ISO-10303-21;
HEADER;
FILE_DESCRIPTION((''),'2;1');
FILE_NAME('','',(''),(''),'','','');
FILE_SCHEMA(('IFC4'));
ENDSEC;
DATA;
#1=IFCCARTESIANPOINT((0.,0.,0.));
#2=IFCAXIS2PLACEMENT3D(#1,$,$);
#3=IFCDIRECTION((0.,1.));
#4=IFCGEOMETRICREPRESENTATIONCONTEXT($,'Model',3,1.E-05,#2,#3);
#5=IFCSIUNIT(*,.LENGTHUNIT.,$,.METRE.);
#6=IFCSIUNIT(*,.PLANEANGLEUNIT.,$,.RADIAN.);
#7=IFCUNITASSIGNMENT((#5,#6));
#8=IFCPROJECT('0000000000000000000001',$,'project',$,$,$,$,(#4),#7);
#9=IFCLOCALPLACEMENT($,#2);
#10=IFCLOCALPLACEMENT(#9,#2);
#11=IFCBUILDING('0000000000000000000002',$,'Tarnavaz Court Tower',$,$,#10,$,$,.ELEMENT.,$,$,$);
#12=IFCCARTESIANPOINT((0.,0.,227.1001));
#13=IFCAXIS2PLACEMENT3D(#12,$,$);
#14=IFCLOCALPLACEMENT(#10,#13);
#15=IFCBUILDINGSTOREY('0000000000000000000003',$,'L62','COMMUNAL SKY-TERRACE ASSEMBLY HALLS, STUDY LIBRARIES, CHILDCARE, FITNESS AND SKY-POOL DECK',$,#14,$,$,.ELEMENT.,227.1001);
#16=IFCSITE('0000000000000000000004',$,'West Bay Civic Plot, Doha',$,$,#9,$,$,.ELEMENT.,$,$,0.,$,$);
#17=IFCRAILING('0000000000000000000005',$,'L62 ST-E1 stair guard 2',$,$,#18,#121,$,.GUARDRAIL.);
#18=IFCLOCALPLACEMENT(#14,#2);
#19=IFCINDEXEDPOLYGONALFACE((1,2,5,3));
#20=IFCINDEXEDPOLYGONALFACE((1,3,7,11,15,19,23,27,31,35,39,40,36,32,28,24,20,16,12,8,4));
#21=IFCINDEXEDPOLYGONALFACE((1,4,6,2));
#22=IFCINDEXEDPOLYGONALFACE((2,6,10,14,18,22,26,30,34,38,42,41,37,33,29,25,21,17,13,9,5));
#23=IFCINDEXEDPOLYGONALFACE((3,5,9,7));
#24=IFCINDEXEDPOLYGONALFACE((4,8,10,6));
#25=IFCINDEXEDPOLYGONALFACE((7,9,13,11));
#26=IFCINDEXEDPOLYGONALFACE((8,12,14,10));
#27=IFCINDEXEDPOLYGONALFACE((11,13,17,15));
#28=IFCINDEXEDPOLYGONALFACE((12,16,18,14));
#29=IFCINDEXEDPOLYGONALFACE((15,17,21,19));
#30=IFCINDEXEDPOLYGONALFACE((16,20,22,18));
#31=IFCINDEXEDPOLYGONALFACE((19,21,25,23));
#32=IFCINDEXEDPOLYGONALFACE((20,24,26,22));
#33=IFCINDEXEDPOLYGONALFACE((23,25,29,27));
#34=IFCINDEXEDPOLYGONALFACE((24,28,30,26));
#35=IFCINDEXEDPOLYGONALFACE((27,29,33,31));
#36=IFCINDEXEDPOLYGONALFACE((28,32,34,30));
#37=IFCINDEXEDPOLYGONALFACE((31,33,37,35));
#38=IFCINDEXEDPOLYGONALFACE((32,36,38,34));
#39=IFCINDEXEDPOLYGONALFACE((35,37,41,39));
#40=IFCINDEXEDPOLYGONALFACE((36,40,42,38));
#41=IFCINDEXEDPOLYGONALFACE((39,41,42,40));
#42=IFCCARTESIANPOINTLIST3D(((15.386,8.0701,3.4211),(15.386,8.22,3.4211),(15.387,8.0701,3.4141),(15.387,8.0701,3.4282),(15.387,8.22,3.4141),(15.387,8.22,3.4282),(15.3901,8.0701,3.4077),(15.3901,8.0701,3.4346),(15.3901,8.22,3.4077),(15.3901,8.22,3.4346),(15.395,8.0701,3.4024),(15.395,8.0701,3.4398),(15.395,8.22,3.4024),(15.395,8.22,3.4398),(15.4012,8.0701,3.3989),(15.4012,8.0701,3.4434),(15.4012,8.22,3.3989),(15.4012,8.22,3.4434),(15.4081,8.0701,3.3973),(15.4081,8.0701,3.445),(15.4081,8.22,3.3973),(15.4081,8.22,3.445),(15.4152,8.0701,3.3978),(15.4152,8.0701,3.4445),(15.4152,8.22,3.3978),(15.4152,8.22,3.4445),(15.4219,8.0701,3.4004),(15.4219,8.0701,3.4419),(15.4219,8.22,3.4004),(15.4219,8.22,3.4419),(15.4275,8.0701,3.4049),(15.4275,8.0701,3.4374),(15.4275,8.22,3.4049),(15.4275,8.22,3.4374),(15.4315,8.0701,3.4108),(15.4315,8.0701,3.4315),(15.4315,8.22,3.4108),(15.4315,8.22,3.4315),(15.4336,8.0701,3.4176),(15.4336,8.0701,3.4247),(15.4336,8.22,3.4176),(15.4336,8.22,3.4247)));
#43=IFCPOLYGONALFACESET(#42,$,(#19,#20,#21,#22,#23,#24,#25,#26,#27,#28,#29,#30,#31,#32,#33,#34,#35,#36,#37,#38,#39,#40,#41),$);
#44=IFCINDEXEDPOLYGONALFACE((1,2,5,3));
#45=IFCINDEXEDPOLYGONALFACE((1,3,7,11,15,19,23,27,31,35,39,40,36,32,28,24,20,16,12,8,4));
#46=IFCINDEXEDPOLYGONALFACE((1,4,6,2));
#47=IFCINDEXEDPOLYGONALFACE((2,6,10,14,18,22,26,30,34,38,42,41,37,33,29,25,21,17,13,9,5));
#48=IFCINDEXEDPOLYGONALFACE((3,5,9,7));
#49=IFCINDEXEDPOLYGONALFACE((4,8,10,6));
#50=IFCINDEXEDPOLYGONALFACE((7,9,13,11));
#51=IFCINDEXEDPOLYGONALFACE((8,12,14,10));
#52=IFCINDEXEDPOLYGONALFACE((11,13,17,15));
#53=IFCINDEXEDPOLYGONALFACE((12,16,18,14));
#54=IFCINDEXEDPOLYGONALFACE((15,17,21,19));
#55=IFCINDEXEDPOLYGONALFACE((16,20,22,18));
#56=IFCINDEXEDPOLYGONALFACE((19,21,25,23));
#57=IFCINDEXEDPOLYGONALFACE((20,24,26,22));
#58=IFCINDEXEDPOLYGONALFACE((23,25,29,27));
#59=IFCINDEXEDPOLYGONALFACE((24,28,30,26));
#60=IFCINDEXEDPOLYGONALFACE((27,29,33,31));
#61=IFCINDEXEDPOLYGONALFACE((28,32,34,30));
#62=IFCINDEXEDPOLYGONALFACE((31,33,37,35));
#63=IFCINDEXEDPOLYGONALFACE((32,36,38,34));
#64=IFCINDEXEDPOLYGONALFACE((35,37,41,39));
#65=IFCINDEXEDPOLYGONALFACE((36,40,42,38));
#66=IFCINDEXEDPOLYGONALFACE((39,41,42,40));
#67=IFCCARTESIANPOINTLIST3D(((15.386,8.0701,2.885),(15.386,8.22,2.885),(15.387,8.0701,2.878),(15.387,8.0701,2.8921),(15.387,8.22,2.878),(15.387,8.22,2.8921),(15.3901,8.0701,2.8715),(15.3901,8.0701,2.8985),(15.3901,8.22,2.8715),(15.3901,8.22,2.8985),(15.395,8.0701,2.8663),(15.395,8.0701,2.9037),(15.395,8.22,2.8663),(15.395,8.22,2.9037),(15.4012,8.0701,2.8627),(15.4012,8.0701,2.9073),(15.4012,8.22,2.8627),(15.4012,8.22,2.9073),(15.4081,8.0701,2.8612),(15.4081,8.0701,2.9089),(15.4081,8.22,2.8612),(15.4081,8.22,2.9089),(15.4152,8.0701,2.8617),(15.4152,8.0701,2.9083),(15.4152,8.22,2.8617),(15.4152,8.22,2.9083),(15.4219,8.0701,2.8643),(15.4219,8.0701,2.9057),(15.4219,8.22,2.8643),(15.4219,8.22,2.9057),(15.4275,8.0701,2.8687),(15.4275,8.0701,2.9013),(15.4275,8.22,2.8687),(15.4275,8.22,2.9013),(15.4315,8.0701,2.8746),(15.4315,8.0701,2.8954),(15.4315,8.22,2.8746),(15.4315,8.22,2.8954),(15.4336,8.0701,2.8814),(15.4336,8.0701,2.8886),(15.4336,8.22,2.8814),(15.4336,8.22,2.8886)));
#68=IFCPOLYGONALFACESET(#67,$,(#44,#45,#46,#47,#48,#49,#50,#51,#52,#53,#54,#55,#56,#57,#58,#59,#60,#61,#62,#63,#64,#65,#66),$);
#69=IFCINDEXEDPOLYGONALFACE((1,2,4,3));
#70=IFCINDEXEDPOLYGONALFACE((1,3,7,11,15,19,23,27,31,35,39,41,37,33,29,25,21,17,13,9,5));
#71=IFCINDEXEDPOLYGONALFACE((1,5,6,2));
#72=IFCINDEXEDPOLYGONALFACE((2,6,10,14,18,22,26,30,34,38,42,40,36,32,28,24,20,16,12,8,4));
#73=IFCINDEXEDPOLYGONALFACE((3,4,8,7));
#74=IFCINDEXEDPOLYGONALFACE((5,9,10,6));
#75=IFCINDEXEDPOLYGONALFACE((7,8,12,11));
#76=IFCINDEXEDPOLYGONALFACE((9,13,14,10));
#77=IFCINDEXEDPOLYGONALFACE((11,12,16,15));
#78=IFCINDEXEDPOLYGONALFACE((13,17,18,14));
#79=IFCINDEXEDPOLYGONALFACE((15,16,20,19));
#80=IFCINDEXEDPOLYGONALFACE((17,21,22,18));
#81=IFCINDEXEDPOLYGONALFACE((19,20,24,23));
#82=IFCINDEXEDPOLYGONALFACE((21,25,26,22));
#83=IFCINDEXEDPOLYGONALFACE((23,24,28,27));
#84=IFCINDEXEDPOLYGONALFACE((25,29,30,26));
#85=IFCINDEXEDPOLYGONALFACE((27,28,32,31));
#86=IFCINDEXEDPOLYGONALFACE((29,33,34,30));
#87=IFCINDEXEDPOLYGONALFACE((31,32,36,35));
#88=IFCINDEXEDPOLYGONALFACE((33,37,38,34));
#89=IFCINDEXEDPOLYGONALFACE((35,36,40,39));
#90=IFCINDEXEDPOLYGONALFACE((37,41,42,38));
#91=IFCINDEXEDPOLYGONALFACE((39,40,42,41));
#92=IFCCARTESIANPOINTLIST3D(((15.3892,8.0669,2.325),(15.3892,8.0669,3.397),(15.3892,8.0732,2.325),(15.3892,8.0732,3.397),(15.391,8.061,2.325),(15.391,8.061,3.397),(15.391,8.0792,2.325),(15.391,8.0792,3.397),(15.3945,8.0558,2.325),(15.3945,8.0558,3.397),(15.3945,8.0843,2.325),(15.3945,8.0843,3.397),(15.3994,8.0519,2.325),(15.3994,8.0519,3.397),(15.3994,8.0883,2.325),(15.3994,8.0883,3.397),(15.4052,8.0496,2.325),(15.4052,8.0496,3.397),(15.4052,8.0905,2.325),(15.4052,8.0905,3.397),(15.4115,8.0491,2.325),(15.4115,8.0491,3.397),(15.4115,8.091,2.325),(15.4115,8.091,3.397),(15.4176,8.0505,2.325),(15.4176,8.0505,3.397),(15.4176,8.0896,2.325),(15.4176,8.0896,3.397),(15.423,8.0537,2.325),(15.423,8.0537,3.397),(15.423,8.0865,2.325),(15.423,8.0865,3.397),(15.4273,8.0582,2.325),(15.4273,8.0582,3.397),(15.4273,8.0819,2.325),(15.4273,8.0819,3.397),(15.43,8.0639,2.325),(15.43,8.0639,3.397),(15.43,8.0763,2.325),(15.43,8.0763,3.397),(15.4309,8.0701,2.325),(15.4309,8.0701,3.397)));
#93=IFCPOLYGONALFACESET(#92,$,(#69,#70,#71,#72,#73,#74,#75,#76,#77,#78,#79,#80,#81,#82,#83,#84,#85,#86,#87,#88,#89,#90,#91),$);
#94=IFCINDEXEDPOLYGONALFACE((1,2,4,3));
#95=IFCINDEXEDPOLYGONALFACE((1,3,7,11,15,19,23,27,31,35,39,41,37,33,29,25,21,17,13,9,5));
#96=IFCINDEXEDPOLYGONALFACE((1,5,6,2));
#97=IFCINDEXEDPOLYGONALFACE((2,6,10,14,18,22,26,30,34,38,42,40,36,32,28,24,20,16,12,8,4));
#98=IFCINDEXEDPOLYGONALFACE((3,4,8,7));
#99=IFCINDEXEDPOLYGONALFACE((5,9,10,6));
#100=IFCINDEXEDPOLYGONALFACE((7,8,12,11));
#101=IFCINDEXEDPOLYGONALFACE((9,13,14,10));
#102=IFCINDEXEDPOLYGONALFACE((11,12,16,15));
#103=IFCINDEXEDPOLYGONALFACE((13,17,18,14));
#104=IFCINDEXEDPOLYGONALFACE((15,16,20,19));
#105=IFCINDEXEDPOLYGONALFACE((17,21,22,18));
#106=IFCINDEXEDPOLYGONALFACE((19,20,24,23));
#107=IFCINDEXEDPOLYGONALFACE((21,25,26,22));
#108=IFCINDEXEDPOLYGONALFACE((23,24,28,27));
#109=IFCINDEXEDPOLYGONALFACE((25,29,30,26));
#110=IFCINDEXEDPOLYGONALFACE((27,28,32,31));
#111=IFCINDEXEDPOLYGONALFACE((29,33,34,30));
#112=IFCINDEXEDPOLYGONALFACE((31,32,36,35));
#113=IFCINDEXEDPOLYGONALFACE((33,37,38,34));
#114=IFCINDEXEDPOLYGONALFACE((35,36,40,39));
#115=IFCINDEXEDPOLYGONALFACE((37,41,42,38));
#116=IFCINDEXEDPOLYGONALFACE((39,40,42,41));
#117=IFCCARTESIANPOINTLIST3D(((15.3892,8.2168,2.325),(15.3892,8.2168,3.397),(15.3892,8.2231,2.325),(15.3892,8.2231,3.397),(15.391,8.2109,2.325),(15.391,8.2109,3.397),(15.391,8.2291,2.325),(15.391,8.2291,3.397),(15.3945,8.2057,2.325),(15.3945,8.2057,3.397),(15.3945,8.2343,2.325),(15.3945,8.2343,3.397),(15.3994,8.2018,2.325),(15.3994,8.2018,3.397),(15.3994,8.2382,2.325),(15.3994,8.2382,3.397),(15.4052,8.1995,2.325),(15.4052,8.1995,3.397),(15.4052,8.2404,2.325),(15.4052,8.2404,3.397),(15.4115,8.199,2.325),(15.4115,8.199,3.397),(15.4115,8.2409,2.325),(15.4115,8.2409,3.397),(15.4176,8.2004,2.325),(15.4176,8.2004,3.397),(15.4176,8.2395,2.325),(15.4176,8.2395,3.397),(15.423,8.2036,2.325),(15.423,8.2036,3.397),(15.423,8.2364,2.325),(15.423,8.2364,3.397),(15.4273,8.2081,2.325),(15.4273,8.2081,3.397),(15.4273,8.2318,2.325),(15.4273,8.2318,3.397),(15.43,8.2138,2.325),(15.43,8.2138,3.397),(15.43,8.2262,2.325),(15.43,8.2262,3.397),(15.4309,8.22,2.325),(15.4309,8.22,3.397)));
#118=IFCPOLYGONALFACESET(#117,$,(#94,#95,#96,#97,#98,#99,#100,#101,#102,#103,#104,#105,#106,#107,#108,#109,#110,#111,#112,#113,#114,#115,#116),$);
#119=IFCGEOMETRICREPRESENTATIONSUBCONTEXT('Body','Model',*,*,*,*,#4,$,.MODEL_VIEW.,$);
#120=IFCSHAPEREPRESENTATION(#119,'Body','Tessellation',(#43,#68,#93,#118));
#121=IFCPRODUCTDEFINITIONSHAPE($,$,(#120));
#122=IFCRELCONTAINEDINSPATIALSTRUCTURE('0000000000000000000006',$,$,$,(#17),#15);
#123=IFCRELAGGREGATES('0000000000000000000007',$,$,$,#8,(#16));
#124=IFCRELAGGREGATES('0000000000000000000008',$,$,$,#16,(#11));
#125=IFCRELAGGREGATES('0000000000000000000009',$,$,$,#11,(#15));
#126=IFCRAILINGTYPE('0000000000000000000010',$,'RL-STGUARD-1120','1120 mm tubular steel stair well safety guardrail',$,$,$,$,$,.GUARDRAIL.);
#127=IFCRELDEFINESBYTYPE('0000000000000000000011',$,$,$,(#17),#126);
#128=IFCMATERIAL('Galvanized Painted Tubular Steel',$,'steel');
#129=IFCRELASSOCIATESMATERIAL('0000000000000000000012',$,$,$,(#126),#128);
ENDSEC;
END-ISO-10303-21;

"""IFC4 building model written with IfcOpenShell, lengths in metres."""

from ifc_helpers import new_model, si_unit, direction, frame, origin, origin_2d, place, context, subcontext, project, spatial, circle, extrude, material, type_object, element, save


model = new_model("IFC4")

# Units and contexts
model_context = context("Model", 3, precision=1e-05, world=origin(), true_north=direction((0.0, 1.0)))
body_context = subcontext(model_context, "Body", "Model", "MODEL_VIEW")
ifc_project = project(units=[si_unit("LENGTHUNIT", "METRE"), si_unit("PLANEANGLEUNIT", "RADIAN")], contexts=[model_context])

# Site, building, storey
site_placement = place(None, origin())
site = spatial("IfcSite", under=ifc_project, at=site_placement, Name="West Bay Civic Plot, Doha", CompositionType="ELEMENT", RefElevation=0.0)
building_placement = place(site_placement, origin())
building = spatial("IfcBuilding", under=site, at=building_placement, Name="Tarnavaz Court Tower", CompositionType="ELEMENT")
storey_placement = place(building_placement, frame((0.0, 0.0, 227.1001)))
storey = spatial("IfcBuildingStorey", under=building, at=storey_placement, Name="L62", Description="COMMUNAL SKY-TERRACE ASSEMBLY HALLS, STUDY LIBRARIES, CHILDCARE, FITNESS AND SKY-POOL DECK", CompositionType="ELEMENT", Elevation=227.1001)

# Railing
ifc_material_1 = material(Name="Galvanized Painted Tubular Steel", Category="steel")
railing_type_1 = type_object("IfcRailingType", Name="RL-STGUARD-1120", Description="1120 mm tubular steel stair well safety guardrail", PredefinedType="GUARDRAIL", material=ifc_material_1)
railing_1_placement = place(storey_placement, frame((15.4099, 8.0701, 2.325)))
element("IfcRailing", 1, at=railing_1_placement, inside=storey, type_object=railing_type_1, Name="L62 ST-E1 stair guard 2", PredefinedType="GUARDRAIL", context=body_context, shape_type="SweptSolid", body=[
    extrude(circle(Radius=0.0239, at=origin_2d()), frame((0.0, 0.0, 1.0962), z_axis=(0.0, 1.0, 0.0), x_axis=(-1.0, 0.0, 0.0)), (0.0, 0.0, 1.0), 0.1499),
    extrude(circle(Radius=0.0239, at=origin_2d()), frame((0.0, 0.0, 0.5601), z_axis=(0.0, 1.0, 0.0), x_axis=(-1.0, 0.0, 0.0)), (0.0, 0.0, 1.0), 0.1499),
    extrude(circle(Radius=0.021, at=origin_2d()), origin(), (0.0, 0.0, 1.0), 1.072),
    extrude(circle(Radius=0.021, at=origin_2d()), frame((0.0, 0.1499, 0.0)), (0.0, 0.0, 1.0), 1.072),
])

save(model, "model.ifc")
